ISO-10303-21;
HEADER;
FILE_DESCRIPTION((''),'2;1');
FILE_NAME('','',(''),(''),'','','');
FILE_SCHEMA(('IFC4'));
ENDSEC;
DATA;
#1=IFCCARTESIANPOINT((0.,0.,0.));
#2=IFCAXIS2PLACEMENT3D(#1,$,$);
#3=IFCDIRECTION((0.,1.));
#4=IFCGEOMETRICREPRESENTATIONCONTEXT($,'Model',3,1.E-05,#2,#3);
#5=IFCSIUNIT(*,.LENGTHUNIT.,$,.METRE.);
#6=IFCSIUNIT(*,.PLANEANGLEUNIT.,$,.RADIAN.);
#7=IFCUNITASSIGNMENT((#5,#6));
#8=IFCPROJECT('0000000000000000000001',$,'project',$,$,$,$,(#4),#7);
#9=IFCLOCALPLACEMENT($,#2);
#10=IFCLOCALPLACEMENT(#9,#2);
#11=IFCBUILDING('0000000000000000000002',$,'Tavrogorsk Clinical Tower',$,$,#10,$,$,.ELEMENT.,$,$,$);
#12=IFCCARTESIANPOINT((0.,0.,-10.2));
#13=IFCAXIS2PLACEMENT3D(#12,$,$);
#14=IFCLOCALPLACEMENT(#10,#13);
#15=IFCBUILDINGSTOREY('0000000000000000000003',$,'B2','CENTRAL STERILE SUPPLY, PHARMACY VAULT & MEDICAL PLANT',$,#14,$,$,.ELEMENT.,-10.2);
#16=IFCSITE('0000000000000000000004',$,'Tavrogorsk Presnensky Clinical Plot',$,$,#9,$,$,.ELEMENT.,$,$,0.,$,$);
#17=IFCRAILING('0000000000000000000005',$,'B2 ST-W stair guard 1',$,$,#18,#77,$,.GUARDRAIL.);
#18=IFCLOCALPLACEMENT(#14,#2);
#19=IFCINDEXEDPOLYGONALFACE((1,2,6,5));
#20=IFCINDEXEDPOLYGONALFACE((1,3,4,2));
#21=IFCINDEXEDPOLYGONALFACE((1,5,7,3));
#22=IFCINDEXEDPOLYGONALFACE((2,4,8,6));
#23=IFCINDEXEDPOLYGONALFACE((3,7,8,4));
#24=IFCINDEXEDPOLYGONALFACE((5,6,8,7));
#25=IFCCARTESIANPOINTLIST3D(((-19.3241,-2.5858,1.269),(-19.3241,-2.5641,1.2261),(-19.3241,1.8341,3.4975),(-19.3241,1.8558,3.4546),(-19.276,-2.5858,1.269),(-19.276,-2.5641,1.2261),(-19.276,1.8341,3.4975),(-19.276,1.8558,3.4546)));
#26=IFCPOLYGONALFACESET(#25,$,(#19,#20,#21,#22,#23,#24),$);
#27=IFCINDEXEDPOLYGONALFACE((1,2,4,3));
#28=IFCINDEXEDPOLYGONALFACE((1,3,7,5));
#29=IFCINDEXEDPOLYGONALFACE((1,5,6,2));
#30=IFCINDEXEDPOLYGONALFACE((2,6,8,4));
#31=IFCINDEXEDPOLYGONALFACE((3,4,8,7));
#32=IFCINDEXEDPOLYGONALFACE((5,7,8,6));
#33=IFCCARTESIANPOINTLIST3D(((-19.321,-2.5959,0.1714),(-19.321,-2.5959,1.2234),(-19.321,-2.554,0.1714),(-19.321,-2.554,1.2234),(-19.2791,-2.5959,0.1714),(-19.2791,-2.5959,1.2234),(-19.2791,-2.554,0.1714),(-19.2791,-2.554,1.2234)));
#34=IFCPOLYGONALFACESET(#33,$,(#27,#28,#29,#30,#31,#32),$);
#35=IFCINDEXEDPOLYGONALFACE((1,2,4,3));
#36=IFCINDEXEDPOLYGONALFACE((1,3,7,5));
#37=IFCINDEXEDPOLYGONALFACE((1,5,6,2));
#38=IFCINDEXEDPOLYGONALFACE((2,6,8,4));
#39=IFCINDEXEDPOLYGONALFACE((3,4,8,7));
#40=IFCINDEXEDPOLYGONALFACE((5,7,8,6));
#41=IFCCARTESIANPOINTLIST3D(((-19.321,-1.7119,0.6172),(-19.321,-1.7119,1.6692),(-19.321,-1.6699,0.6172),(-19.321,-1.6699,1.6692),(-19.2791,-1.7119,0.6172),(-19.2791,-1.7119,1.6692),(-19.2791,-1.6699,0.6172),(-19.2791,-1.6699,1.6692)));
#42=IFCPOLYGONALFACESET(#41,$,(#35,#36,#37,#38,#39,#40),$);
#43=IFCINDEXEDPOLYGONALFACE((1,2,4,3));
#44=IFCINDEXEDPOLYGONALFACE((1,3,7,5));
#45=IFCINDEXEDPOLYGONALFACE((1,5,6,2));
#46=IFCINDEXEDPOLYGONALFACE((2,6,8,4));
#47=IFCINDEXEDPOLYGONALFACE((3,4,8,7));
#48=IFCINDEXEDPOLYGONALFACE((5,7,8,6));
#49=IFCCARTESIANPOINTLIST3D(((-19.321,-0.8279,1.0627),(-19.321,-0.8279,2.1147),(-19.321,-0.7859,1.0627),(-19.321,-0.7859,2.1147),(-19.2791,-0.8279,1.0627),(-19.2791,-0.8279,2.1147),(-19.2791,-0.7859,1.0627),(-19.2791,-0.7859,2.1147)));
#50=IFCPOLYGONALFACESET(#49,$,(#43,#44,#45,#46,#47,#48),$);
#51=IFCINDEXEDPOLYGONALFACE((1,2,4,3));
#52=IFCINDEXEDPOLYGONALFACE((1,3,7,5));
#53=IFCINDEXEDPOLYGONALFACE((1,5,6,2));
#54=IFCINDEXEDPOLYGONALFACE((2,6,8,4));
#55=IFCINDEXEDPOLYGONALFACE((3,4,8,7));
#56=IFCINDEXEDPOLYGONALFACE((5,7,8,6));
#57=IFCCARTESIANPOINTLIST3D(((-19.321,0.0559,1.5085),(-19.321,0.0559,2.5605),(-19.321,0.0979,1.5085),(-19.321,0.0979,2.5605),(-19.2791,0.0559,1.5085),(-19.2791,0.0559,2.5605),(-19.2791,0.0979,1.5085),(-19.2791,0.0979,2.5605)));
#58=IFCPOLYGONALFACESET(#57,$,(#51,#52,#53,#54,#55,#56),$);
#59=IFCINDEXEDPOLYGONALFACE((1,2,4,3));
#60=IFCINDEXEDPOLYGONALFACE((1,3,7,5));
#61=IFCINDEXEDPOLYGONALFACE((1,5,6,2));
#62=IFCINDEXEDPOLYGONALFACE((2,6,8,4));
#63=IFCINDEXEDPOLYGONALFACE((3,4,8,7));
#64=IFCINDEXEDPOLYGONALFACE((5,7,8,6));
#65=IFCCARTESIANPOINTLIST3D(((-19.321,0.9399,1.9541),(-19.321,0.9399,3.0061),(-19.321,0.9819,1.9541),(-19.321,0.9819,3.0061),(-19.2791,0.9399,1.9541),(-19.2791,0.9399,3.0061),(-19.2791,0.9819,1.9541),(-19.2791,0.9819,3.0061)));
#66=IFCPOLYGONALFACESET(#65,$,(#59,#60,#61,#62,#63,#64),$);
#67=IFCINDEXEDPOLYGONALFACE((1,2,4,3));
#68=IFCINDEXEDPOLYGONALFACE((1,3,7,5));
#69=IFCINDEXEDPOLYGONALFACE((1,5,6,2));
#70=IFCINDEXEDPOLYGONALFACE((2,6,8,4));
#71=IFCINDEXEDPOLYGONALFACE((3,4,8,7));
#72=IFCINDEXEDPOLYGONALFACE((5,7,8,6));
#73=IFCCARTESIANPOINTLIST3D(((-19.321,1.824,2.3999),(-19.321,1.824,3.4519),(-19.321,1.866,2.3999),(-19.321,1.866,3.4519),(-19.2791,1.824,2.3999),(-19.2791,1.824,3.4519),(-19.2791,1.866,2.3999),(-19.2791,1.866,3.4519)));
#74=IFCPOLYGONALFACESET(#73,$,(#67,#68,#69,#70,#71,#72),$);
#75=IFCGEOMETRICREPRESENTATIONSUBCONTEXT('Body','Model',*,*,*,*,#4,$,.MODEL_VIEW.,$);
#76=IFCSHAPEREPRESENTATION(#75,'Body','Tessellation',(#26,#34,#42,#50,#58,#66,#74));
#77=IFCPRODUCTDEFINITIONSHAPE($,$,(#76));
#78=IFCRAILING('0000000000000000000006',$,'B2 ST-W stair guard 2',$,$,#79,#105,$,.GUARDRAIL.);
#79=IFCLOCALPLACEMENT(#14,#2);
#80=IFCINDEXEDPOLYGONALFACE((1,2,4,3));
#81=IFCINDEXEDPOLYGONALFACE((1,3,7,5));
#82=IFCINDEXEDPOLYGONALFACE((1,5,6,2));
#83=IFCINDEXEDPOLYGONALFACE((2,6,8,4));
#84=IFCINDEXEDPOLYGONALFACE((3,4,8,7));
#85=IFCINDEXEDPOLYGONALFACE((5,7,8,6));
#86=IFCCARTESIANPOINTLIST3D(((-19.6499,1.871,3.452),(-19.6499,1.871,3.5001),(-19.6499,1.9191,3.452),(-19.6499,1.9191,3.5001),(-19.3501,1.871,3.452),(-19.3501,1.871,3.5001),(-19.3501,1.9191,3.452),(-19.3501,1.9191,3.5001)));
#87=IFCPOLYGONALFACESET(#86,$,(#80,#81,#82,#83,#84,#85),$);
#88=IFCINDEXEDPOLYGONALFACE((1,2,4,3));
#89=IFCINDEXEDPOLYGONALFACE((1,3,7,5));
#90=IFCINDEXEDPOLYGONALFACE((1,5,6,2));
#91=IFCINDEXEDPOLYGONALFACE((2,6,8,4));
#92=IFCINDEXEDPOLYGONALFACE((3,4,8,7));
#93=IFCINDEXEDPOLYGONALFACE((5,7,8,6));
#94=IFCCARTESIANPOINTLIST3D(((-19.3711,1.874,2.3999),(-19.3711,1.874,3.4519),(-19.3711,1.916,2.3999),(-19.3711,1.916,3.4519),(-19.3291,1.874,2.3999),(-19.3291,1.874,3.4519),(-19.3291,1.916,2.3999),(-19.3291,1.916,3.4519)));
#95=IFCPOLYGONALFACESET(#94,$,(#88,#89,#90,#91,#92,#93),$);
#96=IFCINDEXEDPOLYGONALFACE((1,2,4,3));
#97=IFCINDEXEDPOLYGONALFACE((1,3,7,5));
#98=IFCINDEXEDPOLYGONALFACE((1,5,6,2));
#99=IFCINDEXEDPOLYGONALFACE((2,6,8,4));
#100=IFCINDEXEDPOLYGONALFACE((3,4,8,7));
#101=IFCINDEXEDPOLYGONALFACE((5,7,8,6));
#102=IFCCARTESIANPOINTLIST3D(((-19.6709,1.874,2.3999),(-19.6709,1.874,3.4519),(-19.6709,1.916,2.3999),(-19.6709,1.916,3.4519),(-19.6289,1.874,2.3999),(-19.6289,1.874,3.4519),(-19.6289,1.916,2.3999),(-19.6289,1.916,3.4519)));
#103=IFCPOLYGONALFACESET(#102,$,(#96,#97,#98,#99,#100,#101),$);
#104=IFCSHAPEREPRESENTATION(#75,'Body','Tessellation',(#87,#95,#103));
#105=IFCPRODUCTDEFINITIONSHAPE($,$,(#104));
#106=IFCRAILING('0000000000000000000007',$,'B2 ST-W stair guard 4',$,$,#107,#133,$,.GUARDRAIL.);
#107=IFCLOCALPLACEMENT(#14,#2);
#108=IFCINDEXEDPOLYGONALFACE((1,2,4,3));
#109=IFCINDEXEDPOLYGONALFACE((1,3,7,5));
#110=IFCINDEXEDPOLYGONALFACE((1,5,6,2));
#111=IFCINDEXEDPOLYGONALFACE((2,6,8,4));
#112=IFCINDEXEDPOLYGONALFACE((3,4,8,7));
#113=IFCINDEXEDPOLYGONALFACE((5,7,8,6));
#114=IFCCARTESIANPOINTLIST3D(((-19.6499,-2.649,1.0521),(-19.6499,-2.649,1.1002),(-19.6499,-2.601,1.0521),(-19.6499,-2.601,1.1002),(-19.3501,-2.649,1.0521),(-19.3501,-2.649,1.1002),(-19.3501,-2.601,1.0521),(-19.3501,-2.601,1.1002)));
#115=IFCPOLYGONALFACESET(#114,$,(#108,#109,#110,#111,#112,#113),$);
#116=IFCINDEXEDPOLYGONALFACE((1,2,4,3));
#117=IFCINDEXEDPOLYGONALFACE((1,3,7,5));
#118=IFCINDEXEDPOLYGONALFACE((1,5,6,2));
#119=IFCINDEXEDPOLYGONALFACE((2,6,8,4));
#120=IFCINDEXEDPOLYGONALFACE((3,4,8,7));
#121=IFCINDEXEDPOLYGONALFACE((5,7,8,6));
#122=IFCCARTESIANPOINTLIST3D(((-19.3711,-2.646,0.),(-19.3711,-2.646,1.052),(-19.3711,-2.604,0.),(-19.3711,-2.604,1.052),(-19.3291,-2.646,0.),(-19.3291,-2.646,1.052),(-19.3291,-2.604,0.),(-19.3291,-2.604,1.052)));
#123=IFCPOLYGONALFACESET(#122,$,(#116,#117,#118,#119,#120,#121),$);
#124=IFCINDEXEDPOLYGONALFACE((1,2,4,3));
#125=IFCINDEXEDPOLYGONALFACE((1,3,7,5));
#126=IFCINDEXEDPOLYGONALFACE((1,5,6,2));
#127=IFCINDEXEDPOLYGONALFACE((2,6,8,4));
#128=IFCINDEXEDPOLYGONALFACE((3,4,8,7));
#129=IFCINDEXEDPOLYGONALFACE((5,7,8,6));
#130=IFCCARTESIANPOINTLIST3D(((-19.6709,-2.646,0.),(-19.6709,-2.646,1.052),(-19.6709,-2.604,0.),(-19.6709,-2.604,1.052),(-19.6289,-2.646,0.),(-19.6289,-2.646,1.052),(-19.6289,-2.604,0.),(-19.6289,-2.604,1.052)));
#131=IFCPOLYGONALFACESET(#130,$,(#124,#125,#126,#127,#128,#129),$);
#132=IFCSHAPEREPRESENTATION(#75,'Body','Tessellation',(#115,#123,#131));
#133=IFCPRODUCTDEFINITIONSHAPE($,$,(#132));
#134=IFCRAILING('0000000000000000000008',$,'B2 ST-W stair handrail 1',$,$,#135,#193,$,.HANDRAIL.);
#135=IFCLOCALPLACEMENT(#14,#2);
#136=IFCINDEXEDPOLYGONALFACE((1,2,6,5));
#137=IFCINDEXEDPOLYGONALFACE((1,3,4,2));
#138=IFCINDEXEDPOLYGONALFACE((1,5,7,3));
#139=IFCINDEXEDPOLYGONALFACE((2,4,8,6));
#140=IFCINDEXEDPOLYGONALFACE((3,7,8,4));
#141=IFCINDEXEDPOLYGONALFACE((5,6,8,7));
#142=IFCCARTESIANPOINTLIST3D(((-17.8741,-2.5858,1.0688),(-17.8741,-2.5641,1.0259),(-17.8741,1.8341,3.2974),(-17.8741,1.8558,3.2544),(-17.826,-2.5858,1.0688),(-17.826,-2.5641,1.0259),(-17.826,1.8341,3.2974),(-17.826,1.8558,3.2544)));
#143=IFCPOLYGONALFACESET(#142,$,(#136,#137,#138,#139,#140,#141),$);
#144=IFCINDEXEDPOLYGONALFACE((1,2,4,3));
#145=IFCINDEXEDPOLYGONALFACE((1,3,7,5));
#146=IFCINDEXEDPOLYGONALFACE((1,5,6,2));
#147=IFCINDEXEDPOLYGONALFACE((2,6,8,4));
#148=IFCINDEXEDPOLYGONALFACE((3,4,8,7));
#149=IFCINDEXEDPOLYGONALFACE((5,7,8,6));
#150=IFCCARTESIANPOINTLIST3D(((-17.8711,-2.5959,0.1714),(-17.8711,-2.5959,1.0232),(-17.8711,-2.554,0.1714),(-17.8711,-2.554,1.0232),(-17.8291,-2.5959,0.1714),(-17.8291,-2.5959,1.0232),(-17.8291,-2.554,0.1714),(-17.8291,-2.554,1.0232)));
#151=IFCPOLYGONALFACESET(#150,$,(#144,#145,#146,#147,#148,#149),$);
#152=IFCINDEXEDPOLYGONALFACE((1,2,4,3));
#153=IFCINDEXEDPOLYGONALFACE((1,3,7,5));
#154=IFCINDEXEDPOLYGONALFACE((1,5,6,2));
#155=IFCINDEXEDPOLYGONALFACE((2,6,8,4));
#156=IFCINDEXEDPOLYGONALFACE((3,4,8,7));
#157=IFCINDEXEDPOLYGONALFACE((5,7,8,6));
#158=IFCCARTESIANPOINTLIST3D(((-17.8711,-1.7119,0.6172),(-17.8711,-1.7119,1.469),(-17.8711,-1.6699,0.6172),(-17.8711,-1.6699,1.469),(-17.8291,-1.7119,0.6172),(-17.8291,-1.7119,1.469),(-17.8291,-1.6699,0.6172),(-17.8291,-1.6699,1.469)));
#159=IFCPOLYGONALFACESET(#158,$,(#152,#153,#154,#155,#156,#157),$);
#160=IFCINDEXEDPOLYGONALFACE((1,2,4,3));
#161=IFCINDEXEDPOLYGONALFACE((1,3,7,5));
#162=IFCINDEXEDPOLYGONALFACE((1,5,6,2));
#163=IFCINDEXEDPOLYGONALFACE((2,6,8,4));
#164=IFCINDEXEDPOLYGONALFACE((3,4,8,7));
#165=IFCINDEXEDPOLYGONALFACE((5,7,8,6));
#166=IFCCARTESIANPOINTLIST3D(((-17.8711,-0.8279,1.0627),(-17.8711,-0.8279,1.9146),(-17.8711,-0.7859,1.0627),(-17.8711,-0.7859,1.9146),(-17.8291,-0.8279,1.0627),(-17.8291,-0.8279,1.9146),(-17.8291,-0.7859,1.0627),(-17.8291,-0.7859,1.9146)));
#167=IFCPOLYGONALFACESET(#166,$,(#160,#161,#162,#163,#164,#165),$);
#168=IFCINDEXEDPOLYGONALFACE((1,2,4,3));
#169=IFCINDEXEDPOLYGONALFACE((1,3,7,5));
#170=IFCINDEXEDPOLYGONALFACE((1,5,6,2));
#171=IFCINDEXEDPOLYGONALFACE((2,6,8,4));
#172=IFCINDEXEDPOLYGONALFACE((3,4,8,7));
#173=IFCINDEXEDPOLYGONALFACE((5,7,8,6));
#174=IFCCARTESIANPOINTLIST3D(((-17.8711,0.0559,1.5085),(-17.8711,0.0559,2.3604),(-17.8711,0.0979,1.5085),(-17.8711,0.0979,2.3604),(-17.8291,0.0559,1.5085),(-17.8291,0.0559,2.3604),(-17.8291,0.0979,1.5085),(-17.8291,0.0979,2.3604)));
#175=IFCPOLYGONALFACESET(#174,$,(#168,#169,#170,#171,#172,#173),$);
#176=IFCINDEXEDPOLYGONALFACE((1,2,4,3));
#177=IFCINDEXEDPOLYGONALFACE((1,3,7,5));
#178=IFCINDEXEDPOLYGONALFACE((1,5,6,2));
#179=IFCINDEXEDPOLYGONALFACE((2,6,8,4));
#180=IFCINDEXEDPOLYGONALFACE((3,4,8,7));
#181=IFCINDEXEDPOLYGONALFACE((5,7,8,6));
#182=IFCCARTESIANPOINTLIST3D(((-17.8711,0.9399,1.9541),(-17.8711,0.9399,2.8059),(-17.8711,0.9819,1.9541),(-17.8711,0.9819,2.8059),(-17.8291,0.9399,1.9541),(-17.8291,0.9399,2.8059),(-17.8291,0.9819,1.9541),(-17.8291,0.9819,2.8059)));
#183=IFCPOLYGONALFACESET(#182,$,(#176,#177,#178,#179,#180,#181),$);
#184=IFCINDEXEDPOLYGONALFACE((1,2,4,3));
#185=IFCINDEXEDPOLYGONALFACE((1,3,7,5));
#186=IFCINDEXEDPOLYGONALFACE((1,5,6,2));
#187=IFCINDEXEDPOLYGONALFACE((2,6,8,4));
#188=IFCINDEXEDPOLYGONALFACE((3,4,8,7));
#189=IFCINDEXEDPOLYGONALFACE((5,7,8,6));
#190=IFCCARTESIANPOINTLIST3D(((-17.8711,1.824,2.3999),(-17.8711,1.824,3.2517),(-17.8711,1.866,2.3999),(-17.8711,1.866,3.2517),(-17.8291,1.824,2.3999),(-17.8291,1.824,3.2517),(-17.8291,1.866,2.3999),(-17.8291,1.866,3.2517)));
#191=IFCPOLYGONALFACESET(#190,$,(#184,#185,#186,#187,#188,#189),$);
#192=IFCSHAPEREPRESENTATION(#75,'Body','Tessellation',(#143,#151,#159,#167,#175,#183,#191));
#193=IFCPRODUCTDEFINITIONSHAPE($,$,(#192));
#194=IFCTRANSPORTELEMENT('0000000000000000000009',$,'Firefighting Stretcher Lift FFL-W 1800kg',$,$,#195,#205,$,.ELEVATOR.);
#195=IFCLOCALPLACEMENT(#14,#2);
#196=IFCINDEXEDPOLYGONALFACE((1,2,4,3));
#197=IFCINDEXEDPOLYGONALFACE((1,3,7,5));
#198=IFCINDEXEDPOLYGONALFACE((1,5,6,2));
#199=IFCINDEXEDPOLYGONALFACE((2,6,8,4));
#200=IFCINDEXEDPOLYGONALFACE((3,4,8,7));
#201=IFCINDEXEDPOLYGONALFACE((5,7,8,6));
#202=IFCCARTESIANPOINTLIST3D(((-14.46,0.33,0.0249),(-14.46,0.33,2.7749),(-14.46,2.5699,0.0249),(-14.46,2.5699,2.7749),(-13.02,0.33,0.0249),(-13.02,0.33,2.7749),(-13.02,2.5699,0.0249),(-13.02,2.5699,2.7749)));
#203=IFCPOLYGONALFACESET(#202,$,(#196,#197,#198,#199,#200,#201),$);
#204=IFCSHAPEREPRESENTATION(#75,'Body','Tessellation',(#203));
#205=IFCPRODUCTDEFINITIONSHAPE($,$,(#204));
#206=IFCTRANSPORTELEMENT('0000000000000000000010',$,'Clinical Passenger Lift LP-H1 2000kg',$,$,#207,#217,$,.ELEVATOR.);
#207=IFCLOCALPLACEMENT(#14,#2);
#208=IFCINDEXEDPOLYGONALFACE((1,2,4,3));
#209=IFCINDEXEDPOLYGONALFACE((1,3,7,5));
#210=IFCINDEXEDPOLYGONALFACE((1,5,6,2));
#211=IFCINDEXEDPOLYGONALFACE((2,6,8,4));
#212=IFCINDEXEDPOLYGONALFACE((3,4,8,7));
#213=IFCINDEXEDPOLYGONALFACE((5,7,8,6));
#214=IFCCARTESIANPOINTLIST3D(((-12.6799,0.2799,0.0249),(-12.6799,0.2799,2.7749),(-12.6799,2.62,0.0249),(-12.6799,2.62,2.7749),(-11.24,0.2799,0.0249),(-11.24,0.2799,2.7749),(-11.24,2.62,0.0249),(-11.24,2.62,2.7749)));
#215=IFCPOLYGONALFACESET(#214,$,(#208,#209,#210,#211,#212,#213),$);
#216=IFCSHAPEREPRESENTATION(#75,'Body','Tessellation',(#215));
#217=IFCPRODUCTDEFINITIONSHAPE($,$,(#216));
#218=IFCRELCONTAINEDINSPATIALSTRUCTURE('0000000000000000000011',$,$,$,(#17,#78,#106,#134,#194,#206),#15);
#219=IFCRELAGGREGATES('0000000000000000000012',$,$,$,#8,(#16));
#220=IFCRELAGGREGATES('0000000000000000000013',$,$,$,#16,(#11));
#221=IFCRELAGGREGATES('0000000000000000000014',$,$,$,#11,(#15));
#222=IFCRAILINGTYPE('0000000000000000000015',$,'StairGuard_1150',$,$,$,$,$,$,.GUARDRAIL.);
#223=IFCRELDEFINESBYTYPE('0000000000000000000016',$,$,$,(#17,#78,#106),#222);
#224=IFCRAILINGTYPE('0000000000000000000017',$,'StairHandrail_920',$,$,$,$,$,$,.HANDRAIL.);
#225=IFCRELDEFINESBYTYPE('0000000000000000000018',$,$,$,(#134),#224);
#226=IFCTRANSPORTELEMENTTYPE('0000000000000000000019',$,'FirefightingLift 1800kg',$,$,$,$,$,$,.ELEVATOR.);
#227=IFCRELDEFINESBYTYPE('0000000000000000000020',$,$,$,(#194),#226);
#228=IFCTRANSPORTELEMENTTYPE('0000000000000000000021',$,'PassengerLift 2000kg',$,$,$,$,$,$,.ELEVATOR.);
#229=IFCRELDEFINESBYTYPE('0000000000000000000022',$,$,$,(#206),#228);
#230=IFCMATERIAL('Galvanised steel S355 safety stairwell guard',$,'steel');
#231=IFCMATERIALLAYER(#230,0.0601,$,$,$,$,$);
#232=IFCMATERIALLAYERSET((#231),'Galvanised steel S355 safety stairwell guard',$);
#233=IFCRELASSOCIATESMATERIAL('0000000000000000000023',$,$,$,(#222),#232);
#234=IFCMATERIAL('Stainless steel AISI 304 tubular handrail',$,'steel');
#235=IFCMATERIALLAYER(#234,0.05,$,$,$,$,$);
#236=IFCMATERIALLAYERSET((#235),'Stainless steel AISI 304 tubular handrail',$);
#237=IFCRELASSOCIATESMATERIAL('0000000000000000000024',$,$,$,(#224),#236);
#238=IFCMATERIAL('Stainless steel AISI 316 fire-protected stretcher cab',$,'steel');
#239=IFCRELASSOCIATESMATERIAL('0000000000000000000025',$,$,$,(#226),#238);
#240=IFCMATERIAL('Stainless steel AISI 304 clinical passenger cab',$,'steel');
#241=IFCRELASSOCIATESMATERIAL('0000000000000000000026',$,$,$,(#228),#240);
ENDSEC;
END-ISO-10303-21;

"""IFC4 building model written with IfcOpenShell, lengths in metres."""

from ifc_helpers import new_model, si_unit, direction, frame, origin, origin_2d, place, context, subcontext, project, spatial, rectangle, extrude, material, layer, layer_set, type_object, element, save


model = new_model("IFC4")

# Units and contexts
model_context = context("Model", 3, precision=1e-05, world=origin(), true_north=direction((0.0, 1.0)))
body_context = subcontext(model_context, "Body", "Model", "MODEL_VIEW")
ifc_project = project(units=[si_unit("LENGTHUNIT", "METRE"), si_unit("PLANEANGLEUNIT", "RADIAN")], contexts=[model_context])

# Site, building, storey
site_placement = place(None, origin())
site = spatial("IfcSite", under=ifc_project, at=site_placement, Name="Tavrogorsk Presnensky Clinical Plot", CompositionType="ELEMENT", RefElevation=0.0)
building_placement = place(site_placement, origin())
building = spatial("IfcBuilding", under=site, at=building_placement, Name="Tavrogorsk Clinical Tower", CompositionType="ELEMENT")
storey_placement = place(building_placement, frame((0.0, 0.0, -10.2)))
storey = spatial("IfcBuildingStorey", under=building, at=storey_placement, Name="B2", Description="CENTRAL STERILE SUPPLY, PHARMACY VAULT & MEDICAL PLANT", CompositionType="ELEMENT", Elevation=-10.2)

# Railings
ifc_material_1 = material(Name="Galvanised steel S355 safety stairwell guard", Category="steel")
ifc_layer_1 = layer(ifc_material_1, 0.0601)
ifc_layer_set_1 = layer_set([ifc_layer_1], Name="Galvanised steel S355 safety stairwell guard")
railing_type_1 = type_object("IfcRailingType", Name="StairGuard_1150", PredefinedType="GUARDRAIL", material=ifc_layer_set_1)
railing_1_placement = place(storey_placement, frame((-19.3, -2.575, 0.1714)))
element("IfcRailing", 1, at=railing_1_placement, inside=storey, type_object=railing_type_1, Name="B2 ST-W stair guard 1", PredefinedType="GUARDRAIL", context=body_context, shape_type="SweptSolid", body=[
    extrude(rectangle(XDim=0.0481, YDim=0.0481, at=origin_2d()), frame((0.0, 0.0, 1.0762), z_axis=(0.0, 0.892923, 0.45021), x_axis=(-1.0, 0.0, 0.0)), (0.0, 0.0, 1.0), 4.95),
    extrude(rectangle(XDim=0.042, YDim=0.042, at=origin_2d()), origin(), (0.0, 0.0, 1.0), 1.052),
    extrude(rectangle(XDim=0.042, YDim=0.042, at=origin_2d()), frame((0.0, 0.884, 0.4458)), (0.0, 0.0, 1.0), 1.052),
    extrude(rectangle(XDim=0.042, YDim=0.042, at=origin_2d()), frame((0.0, 1.7681, 0.8914)), (0.0, 0.0, 1.0), 1.052),
    extrude(rectangle(XDim=0.042, YDim=0.042, at=origin_2d()), frame((0.0, 2.6519, 1.3372)), (0.0, 0.0, 1.0), 1.052),
    extrude(rectangle(XDim=0.042, YDim=0.042, at=origin_2d()), frame((0.0, 3.5359, 1.7827)), (0.0, 0.0, 1.0), 1.052),
    extrude(rectangle(XDim=0.042, YDim=0.042, at=origin_2d()), frame((0.0, 4.4199, 2.2285)), (0.0, 0.0, 1.0), 1.052),
])
for number, where, name in (
    (2, (-19.3501, 1.895, 2.3999), "B2 ST-W stair guard 2"),
    (3, (-19.3501, -2.625, 0.0), "B2 ST-W stair guard 4"),
):
    element("IfcRailing", number, at=place(storey_placement, frame(where)), inside=storey, type_object=railing_type_1, Name=name, PredefinedType="GUARDRAIL", context=body_context, shape_type="SweptSolid", body=[
        extrude(rectangle(XDim=0.0481, YDim=0.0481, at=origin_2d()), frame((0.0, 0.0, 1.0762), z_axis=(-1.0, 0.0, 0.0), x_axis=(0.0, -1.0, 0.0)), (0.0, 0.0, 1.0), 0.2998),
        extrude(rectangle(XDim=0.042, YDim=0.042, at=origin_2d()), origin(), (0.0, 0.0, 1.0), 1.052),
        extrude(rectangle(XDim=0.042, YDim=0.042, at=origin_2d()), frame((-0.2998, 0.0, 0.0)), (0.0, 0.0, 1.0), 1.052),
    ])
ifc_material_2 = material(Name="Stainless steel AISI 304 tubular handrail", Category="steel")
ifc_layer_2 = layer(ifc_material_2, 0.05)
ifc_layer_set_2 = layer_set([ifc_layer_2], Name="Stainless steel AISI 304 tubular handrail")
railing_type_2 = type_object("IfcRailingType", Name="StairHandrail_920", PredefinedType="HANDRAIL", material=ifc_layer_set_2)
railing_2_placement = place(storey_placement, frame((-17.8501, -2.575, 0.1714)))
element("IfcRailing", 4, at=railing_2_placement, inside=storey, type_object=railing_type_2, Name="B2 ST-W stair handrail 1", PredefinedType="HANDRAIL", context=body_context, shape_type="SweptSolid", body=[
    extrude(rectangle(XDim=0.0481, YDim=0.0481, at=origin_2d()), frame((0.0, 0.0, 0.876), z_axis=(0.0, 0.892923, 0.45021), x_axis=(-1.0, 0.0, 0.0)), (0.0, 0.0, 1.0), 4.95),
    extrude(rectangle(XDim=0.042, YDim=0.042, at=origin_2d()), origin(), (0.0, 0.0, 1.0), 0.8518),
    extrude(rectangle(XDim=0.042, YDim=0.042, at=origin_2d()), frame((0.0, 0.884, 0.4458)), (0.0, 0.0, 1.0), 0.8518),
    extrude(rectangle(XDim=0.042, YDim=0.042, at=origin_2d()), frame((0.0, 1.7681, 0.8914)), (0.0, 0.0, 1.0), 0.8518),
    extrude(rectangle(XDim=0.042, YDim=0.042, at=origin_2d()), frame((0.0, 2.6519, 1.3372)), (0.0, 0.0, 1.0), 0.8518),
    extrude(rectangle(XDim=0.042, YDim=0.042, at=origin_2d()), frame((0.0, 3.5359, 1.7827)), (0.0, 0.0, 1.0), 0.8518),
    extrude(rectangle(XDim=0.042, YDim=0.042, at=origin_2d()), frame((0.0, 4.4199, 2.2285)), (0.0, 0.0, 1.0), 0.8518),
])

# Transport elements
ifc_material_3 = material(Name="Stainless steel AISI 316 fire-protected stretcher cab", Category="steel")
transport_element_type_1 = type_object("IfcTransportElementType", Name="FirefightingLift 1800kg", PredefinedType="ELEVATOR", material=ifc_material_3)
transport_element_1_placement = place(storey_placement, frame((-13.74, 1.45, 0.0249), z_axis=(0.0, 0.0, 1.0), x_axis=(1.0, 0.0, 0.0)))
element("IfcTransportElement", 5, at=transport_element_1_placement, inside=storey, type_object=transport_element_type_1, Name="Firefighting Stretcher Lift FFL-W 1800kg", PredefinedType="ELEVATOR", context=body_context, shape_type="SweptSolid", body=[
    extrude(rectangle(XDim=1.4399, YDim=2.24, at=origin_2d()), origin(), (0.0, 0.0, 1.0), 2.75),
])
ifc_material_4 = material(Name="Stainless steel AISI 304 clinical passenger cab", Category="steel")
transport_element_type_2 = type_object("IfcTransportElementType", Name="PassengerLift 2000kg", PredefinedType="ELEVATOR", material=ifc_material_4)
transport_element_2_placement = place(storey_placement, frame((-11.96, 1.45, 0.0249), z_axis=(0.0, 0.0, 1.0), x_axis=(1.0, 0.0, 0.0)))
element("IfcTransportElement", 6, at=transport_element_2_placement, inside=storey, type_object=transport_element_type_2, Name="Clinical Passenger Lift LP-H1 2000kg", PredefinedType="ELEVATOR", context=body_context, shape_type="SweptSolid", body=[
    extrude(rectangle(XDim=1.4399, YDim=2.3401, at=origin_2d()), origin(), (0.0, 0.0, 1.0), 2.75),
])

save(model, "model.ifc")
